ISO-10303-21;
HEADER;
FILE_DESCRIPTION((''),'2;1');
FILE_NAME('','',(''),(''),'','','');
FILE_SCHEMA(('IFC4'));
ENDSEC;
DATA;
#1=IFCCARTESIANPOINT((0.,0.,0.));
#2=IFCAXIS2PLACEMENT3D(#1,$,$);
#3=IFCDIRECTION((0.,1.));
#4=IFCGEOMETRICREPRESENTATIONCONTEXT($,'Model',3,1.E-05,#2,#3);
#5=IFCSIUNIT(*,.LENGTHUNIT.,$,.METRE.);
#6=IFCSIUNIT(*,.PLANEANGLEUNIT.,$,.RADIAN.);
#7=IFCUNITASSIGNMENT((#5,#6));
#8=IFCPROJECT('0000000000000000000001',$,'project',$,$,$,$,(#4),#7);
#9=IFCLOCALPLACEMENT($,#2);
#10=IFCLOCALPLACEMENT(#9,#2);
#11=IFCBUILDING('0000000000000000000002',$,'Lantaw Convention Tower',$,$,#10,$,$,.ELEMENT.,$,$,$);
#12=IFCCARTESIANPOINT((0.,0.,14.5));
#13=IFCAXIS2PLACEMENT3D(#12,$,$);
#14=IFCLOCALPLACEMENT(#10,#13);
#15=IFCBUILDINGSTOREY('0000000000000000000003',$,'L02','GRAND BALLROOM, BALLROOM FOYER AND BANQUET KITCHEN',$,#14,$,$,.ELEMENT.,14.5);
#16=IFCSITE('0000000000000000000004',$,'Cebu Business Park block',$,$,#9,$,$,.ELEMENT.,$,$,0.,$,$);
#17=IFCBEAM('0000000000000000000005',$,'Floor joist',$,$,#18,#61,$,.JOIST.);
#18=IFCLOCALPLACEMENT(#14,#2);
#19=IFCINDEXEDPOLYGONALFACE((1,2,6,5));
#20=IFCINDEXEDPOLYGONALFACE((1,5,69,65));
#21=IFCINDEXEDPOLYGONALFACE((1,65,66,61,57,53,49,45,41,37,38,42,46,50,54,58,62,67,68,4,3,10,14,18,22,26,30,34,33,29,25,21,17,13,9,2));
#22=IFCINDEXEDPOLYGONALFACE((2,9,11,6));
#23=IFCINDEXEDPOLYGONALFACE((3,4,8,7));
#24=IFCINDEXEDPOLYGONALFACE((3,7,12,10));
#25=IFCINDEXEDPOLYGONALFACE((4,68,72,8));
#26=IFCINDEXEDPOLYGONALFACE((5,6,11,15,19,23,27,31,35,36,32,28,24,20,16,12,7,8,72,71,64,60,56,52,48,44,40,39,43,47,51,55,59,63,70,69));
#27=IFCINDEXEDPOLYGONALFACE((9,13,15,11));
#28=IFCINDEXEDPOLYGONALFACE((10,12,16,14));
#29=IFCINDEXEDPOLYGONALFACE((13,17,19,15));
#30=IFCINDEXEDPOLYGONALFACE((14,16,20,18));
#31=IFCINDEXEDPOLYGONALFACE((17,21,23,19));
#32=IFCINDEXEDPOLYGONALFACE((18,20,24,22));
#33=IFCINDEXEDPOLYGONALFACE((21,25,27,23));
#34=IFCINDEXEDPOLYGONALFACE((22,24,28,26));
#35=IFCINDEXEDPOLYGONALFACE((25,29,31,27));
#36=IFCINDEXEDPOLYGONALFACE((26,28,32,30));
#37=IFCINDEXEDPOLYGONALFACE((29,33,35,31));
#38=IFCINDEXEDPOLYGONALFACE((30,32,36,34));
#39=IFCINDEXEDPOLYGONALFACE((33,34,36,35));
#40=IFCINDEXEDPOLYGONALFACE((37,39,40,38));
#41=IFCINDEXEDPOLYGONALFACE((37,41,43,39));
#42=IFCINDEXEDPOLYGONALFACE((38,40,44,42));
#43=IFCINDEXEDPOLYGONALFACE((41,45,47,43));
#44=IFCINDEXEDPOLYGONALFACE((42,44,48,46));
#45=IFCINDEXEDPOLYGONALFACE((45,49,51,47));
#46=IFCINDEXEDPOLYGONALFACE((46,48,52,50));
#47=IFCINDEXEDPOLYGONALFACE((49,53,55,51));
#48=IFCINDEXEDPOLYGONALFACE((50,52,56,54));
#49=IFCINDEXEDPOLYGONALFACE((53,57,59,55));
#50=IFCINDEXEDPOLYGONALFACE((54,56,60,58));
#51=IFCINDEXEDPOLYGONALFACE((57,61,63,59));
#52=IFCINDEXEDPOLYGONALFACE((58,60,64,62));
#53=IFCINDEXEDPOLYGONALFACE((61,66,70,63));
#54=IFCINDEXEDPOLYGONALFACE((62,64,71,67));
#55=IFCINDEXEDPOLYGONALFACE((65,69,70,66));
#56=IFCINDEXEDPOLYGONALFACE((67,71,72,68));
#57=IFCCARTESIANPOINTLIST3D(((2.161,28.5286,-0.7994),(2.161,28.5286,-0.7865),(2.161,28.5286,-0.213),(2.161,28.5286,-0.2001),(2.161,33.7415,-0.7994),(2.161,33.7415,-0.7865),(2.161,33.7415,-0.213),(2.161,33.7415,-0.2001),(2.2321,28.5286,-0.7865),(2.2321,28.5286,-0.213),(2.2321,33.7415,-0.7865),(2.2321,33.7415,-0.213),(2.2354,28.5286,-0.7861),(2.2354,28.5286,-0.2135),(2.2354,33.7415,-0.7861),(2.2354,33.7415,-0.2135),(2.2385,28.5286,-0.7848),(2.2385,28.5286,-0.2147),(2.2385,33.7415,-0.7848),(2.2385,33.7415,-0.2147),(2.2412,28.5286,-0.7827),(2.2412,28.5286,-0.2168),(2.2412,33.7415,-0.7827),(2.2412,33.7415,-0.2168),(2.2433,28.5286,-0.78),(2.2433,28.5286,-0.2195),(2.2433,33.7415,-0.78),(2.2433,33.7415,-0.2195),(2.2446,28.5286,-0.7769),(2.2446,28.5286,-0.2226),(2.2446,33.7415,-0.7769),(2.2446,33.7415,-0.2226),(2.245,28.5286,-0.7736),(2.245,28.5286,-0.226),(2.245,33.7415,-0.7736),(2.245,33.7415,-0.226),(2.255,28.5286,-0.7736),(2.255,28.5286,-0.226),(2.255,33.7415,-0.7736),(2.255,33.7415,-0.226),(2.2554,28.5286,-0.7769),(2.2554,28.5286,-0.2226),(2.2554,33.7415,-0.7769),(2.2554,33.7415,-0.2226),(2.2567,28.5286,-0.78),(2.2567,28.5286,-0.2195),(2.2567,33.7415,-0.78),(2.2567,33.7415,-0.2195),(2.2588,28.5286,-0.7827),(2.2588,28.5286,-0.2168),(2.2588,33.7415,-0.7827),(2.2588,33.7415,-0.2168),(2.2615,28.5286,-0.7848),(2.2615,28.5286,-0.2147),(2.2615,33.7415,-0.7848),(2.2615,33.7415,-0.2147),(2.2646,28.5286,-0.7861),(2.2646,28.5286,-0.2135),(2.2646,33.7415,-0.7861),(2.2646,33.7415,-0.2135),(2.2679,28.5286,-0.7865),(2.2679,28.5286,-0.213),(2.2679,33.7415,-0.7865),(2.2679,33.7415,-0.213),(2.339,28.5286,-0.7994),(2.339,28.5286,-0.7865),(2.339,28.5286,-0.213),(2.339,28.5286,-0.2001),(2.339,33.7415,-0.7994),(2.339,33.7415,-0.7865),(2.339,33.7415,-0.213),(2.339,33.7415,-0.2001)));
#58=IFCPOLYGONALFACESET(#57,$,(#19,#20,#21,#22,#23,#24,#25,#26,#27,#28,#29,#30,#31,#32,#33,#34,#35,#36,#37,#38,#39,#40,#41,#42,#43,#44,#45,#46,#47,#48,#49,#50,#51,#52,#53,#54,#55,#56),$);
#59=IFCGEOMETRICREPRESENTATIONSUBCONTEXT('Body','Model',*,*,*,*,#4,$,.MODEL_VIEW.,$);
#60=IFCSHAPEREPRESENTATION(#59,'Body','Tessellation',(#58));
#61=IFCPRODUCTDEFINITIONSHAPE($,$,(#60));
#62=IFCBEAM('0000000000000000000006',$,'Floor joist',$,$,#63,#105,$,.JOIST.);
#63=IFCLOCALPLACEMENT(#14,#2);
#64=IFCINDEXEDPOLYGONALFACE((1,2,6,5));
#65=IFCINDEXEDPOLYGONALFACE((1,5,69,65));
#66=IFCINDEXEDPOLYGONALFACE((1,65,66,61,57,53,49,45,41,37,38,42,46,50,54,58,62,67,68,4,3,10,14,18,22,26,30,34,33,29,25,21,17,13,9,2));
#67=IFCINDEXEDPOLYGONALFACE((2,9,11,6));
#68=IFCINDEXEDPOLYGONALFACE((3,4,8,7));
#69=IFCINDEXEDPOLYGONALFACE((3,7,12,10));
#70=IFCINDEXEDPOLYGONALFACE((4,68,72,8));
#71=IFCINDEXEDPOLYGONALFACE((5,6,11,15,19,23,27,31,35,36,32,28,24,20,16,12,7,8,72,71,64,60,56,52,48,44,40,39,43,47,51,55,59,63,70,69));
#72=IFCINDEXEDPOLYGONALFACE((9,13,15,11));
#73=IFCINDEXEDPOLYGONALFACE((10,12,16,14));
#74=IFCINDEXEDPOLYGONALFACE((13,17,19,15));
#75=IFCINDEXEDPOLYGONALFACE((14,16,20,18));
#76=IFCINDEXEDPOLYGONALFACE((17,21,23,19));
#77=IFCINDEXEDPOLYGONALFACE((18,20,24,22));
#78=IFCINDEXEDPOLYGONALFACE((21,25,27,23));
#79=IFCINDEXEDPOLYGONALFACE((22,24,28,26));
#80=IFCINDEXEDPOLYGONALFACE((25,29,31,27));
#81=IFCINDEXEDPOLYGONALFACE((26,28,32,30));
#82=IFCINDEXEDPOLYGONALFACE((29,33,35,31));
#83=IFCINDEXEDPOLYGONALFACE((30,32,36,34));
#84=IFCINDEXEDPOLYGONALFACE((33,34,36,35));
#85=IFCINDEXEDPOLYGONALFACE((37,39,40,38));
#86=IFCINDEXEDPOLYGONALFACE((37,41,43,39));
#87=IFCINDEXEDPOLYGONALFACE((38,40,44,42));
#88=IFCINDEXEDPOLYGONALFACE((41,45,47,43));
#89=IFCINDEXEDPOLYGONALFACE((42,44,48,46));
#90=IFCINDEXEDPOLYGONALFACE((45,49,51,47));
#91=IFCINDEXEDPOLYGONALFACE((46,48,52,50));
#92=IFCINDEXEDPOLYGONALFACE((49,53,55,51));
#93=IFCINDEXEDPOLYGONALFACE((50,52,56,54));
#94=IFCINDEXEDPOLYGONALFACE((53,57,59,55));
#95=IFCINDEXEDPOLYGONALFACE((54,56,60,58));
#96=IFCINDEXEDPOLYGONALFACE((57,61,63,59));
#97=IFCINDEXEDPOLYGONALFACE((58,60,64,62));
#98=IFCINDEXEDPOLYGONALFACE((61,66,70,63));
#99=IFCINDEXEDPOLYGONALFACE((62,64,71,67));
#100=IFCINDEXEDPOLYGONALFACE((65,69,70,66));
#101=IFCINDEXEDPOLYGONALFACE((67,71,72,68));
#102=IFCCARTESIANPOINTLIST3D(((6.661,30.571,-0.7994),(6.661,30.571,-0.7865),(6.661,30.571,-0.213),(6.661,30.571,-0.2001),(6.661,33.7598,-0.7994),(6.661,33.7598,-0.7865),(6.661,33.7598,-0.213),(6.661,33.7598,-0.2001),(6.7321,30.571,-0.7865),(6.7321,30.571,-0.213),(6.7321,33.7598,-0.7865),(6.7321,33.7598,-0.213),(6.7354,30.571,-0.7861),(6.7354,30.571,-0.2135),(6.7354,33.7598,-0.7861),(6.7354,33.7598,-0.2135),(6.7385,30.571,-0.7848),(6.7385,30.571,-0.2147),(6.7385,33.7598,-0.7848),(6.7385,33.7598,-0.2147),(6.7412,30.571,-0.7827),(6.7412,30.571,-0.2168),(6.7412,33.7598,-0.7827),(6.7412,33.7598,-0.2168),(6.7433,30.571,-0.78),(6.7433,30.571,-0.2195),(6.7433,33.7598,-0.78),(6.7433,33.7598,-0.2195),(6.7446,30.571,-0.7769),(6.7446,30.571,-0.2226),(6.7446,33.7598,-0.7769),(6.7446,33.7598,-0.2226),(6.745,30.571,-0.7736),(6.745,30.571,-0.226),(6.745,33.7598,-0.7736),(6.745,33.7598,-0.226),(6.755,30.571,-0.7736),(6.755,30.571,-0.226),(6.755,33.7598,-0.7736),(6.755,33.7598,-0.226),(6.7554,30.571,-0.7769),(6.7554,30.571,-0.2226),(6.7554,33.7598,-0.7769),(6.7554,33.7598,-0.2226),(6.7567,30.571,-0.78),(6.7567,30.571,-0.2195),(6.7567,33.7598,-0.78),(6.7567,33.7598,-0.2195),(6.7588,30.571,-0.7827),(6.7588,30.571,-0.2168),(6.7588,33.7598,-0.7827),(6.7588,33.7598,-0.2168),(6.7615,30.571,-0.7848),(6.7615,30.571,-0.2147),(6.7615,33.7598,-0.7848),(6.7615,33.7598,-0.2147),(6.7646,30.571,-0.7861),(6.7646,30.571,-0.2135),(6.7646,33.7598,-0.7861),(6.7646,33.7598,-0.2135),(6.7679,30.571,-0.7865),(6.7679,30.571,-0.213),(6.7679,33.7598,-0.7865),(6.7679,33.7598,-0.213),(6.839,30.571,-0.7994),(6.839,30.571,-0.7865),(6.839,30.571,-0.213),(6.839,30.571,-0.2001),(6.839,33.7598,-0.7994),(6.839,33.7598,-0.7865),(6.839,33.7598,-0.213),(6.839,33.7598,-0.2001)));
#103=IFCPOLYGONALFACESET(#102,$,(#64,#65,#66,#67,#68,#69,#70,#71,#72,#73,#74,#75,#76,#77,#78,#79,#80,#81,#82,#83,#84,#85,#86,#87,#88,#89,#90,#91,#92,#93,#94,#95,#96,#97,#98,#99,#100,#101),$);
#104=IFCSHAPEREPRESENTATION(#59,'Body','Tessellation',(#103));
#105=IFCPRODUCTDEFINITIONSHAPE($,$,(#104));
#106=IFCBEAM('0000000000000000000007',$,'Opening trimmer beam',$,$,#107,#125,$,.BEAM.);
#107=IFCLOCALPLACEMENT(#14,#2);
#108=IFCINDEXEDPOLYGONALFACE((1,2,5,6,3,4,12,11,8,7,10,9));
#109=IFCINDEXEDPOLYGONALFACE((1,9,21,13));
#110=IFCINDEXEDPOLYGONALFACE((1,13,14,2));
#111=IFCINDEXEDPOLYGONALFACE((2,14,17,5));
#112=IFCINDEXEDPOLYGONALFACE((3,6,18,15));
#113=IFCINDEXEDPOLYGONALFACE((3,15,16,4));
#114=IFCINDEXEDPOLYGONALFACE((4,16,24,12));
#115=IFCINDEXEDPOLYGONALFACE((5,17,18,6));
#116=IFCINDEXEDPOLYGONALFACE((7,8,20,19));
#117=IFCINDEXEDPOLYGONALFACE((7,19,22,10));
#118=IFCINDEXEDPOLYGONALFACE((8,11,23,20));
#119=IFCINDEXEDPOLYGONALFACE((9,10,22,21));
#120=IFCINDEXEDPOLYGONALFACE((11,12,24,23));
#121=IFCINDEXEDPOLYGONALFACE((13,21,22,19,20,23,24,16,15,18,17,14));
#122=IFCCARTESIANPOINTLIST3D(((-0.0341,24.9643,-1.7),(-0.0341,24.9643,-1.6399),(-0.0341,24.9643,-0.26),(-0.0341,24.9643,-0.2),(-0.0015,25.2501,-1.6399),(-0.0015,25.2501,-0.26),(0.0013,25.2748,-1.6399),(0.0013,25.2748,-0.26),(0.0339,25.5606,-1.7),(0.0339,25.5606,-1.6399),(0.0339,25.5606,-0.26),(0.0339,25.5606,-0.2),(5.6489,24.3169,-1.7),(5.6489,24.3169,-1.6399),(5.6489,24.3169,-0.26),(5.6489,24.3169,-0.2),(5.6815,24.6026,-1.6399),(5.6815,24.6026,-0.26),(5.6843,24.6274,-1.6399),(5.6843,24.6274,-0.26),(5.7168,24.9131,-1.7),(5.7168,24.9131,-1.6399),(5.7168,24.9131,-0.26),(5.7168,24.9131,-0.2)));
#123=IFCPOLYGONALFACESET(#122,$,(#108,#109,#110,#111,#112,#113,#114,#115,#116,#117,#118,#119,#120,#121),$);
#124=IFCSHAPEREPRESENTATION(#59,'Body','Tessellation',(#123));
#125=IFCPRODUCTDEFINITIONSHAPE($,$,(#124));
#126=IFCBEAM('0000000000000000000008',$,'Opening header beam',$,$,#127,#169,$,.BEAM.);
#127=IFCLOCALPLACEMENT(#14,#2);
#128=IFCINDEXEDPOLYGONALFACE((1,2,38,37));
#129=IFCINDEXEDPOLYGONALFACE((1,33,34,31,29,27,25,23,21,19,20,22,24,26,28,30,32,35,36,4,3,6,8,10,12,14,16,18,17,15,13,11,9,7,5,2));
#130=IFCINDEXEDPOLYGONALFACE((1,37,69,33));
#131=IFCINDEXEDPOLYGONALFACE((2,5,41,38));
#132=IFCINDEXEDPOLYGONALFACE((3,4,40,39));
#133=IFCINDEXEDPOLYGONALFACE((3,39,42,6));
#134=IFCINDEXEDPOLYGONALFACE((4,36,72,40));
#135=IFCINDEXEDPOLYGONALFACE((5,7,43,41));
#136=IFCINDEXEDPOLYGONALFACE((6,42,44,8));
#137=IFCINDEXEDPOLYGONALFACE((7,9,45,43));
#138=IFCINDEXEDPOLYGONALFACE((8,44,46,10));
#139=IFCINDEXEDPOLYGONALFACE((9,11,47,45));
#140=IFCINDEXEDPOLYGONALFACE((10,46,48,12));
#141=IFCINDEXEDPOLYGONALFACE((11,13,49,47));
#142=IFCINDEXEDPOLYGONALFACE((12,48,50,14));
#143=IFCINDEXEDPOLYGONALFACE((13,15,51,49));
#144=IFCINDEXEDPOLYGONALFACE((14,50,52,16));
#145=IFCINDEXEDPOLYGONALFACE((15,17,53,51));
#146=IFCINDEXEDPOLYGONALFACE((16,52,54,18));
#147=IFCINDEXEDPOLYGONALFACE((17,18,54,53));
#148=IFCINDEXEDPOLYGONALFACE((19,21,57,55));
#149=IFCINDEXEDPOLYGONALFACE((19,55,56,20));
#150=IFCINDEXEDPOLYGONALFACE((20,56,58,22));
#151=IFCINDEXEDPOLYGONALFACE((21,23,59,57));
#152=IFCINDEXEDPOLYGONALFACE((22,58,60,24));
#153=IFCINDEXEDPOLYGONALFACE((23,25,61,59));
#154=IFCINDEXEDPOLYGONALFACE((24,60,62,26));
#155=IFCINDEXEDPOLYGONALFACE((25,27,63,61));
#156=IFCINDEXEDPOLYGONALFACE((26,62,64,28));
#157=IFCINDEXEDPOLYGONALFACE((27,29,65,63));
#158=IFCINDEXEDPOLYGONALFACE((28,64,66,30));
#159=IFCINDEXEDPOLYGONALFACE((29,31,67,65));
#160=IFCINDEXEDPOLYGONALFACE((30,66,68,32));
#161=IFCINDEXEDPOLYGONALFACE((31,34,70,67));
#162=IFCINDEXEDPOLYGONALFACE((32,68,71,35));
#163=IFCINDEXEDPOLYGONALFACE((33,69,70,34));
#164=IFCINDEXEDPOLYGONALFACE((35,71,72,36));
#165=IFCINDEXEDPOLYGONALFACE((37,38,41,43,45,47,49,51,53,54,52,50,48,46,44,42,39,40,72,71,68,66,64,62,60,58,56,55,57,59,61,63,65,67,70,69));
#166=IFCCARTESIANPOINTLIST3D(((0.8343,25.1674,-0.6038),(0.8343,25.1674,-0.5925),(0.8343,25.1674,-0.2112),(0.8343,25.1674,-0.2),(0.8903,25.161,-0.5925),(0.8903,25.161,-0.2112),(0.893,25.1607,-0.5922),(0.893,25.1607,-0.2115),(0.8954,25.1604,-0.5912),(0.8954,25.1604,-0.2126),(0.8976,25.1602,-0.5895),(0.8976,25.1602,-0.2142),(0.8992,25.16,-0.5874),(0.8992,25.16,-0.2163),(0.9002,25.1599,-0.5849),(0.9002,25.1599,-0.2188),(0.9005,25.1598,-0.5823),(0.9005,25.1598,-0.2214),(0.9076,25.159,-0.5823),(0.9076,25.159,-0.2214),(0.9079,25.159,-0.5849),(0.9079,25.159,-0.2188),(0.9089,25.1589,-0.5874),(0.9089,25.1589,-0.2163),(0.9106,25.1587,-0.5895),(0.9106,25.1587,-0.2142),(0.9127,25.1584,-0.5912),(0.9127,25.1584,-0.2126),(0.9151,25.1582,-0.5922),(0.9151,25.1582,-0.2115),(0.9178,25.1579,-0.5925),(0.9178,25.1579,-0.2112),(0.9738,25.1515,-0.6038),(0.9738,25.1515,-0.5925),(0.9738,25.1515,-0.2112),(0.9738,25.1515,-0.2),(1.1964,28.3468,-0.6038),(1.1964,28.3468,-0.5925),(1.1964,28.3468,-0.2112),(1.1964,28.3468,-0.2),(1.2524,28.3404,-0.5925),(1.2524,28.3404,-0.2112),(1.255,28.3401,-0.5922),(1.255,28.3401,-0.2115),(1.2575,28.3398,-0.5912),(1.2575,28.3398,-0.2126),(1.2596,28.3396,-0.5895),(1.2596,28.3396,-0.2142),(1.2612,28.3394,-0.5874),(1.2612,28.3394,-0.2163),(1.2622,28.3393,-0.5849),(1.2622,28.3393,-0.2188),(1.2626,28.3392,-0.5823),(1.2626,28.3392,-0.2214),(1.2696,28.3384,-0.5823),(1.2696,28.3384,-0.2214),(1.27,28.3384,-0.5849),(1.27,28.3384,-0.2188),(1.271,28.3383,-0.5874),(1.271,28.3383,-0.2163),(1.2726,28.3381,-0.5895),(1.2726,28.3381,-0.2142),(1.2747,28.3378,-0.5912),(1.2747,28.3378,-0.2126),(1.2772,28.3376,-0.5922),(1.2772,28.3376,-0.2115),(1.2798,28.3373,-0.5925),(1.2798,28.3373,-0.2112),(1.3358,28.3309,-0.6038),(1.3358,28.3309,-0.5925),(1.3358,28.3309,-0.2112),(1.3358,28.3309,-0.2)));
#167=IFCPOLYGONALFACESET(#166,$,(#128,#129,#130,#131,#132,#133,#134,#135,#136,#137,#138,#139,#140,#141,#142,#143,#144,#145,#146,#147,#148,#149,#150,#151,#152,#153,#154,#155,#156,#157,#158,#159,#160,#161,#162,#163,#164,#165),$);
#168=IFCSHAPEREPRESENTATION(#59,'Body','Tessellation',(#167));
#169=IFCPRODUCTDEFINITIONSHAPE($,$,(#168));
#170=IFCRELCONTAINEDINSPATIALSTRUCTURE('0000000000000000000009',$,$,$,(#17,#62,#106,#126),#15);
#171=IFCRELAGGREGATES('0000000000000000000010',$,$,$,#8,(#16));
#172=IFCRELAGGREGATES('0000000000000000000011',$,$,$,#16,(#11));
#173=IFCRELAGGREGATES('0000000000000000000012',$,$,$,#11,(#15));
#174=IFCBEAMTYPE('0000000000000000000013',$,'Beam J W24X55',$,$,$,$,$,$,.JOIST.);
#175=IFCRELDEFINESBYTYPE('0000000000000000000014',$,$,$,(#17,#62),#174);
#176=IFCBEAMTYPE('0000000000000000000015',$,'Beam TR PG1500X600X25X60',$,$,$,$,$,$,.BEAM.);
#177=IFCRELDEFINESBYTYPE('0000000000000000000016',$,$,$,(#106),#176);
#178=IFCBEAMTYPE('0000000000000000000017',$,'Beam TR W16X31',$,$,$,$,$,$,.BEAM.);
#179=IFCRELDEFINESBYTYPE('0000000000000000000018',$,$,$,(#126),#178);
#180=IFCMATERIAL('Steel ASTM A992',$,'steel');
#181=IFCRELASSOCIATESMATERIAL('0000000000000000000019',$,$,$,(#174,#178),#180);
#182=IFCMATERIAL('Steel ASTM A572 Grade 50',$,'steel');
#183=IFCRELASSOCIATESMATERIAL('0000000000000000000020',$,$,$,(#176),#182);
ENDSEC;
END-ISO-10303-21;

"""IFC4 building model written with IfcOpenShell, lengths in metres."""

from ifc_helpers import new_model, si_unit, direction, frame, origin, origin_2d, place, context, subcontext, project, spatial, i_section, extrude, material, material_profile, profile_set, type_object, element, save


model = new_model("IFC4")

# Units and contexts
model_context = context("Model", 3, precision=1e-05, world=origin(), true_north=direction((0.0, 1.0)))
body_context = subcontext(model_context, "Body", "Model", "MODEL_VIEW")
ifc_project = project(units=[si_unit("LENGTHUNIT", "METRE"), si_unit("PLANEANGLEUNIT", "RADIAN")], contexts=[model_context])

# Site, building, storey
site_placement = place(None, origin())
site = spatial("IfcSite", under=ifc_project, at=site_placement, Name="Cebu Business Park block", CompositionType="ELEMENT", RefElevation=0.0)
building_placement = place(site_placement, origin())
building = spatial("IfcBuilding", under=site, at=building_placement, Name="Lantaw Convention Tower", CompositionType="ELEMENT")
storey_placement = place(building_placement, frame((0.0, 0.0, 14.5)))
storey = spatial("IfcBuildingStorey", under=building, at=storey_placement, Name="L02", Description="GRAND BALLROOM, BALLROOM FOYER AND BANQUET KITCHEN", CompositionType="ELEMENT", Elevation=14.5)

# Shared definitions
ifc_material_1 = material(Name="Steel ASTM A572 Grade 50", Category="steel")

# Beams
ifc_material_2 = material(Name="Steel ASTM A992", Category="steel")
ifc_material_profile_1 = material_profile(ifc_material_2, i_section(OverallWidth=0.178, OverallDepth=0.5994, WebThickness=0.01, FlangeThickness=0.0129, FilletRadius=0.0129, at=origin_2d()), Name="W24X55")
ifc_profile_set_1 = profile_set([ifc_material_profile_1], Name="Steel ASTM A992")
beam_type_1 = type_object("IfcBeamType", Name="Beam J W24X55", PredefinedType="JOIST", material=ifc_profile_set_1)
beam_1_placement = place(storey_placement, frame((2.25, 28.5286, -0.4998), z_axis=(0.0, 1.0, 0.0), x_axis=(-1.0, 0.0, 0.0)))
element("IfcBeam", 1, at=beam_1_placement, inside=storey, type_object=beam_type_1, Name="Floor joist", PredefinedType="JOIST", context=body_context, shape_type="SweptSolid", body=[
    extrude(i_section(OverallWidth=0.178, OverallDepth=0.5994, WebThickness=0.01, FlangeThickness=0.0129, FilletRadius=0.0129, at=origin_2d()), origin(), (0.0, 0.0, 1.0), 5.2129),
])
beam_2_placement = place(storey_placement, frame((6.75, 30.571, -0.4998), z_axis=(0.0, 1.0, 0.0), x_axis=(-1.0, 0.0, 0.0)))
element("IfcBeam", 2, at=beam_2_placement, inside=storey, type_object=beam_type_1, Name="Floor joist", PredefinedType="JOIST", context=body_context, shape_type="SweptSolid", body=[
    extrude(i_section(OverallWidth=0.178, OverallDepth=0.5994, WebThickness=0.01, FlangeThickness=0.0129, FilletRadius=0.0129, at=origin_2d()), origin(), (0.0, 0.0, 1.0), 3.1887),
])
ifc_material_profile_2 = material_profile(ifc_material_1, i_section(OverallWidth=0.6001, OverallDepth=1.5, WebThickness=0.0249, FlangeThickness=0.0601, at=origin_2d()), Name="PG1500X600X25X60")
ifc_profile_set_2 = profile_set([ifc_material_profile_2], Name="Steel ASTM A572 Grade 50")
beam_type_2 = type_object("IfcBeamType", Name="Beam TR PG1500X600X25X60", PredefinedType="BEAM", material=ifc_profile_set_2)
beam_3_placement = place(storey_placement, frame((5.6829, 24.615, -0.95), z_axis=(-0.993572, 0.1132, 0.0), x_axis=(-0.1132, -0.993572, 0.0)))
element("IfcBeam", 3, at=beam_3_placement, inside=storey, type_object=beam_type_2, Name="Opening trimmer beam", PredefinedType="BEAM", context=body_context, shape_type="SweptSolid", body=[
    extrude(i_section(OverallWidth=0.6001, OverallDepth=1.5, WebThickness=0.0249, FlangeThickness=0.0601, at=origin_2d()), origin(), (0.0, 0.0, 1.0), 5.7197),
])
ifc_material_profile_3 = material_profile(ifc_material_2, i_section(OverallWidth=0.1404, OverallDepth=0.4038, WebThickness=0.0071, FlangeThickness=0.0112, FilletRadius=0.0103, at=origin_2d()), Name="W16X31")
ifc_profile_set_3 = profile_set([ifc_material_profile_3], Name="Steel ASTM A992")
beam_type_3 = type_object("IfcBeamType", Name="Beam TR W16X31", PredefinedType="BEAM", material=ifc_profile_set_3)
beam_4_placement = place(storey_placement, frame((0.9041, 25.1594, -0.4019), z_axis=(0.113144, 0.993579, 0.0), x_axis=(-0.993579, 0.113144, 0.0)))
element("IfcBeam", 4, at=beam_4_placement, inside=storey, type_object=beam_type_3, Name="Opening header beam", PredefinedType="BEAM", context=body_context, shape_type="SweptSolid", body=[
    extrude(i_section(OverallWidth=0.1404, OverallDepth=0.4038, WebThickness=0.0071, FlangeThickness=0.0112, FilletRadius=0.0103, at=origin_2d()), origin(), (0.0, 0.0, 1.0), 3.2),
])

save(model, "model.ifc")
